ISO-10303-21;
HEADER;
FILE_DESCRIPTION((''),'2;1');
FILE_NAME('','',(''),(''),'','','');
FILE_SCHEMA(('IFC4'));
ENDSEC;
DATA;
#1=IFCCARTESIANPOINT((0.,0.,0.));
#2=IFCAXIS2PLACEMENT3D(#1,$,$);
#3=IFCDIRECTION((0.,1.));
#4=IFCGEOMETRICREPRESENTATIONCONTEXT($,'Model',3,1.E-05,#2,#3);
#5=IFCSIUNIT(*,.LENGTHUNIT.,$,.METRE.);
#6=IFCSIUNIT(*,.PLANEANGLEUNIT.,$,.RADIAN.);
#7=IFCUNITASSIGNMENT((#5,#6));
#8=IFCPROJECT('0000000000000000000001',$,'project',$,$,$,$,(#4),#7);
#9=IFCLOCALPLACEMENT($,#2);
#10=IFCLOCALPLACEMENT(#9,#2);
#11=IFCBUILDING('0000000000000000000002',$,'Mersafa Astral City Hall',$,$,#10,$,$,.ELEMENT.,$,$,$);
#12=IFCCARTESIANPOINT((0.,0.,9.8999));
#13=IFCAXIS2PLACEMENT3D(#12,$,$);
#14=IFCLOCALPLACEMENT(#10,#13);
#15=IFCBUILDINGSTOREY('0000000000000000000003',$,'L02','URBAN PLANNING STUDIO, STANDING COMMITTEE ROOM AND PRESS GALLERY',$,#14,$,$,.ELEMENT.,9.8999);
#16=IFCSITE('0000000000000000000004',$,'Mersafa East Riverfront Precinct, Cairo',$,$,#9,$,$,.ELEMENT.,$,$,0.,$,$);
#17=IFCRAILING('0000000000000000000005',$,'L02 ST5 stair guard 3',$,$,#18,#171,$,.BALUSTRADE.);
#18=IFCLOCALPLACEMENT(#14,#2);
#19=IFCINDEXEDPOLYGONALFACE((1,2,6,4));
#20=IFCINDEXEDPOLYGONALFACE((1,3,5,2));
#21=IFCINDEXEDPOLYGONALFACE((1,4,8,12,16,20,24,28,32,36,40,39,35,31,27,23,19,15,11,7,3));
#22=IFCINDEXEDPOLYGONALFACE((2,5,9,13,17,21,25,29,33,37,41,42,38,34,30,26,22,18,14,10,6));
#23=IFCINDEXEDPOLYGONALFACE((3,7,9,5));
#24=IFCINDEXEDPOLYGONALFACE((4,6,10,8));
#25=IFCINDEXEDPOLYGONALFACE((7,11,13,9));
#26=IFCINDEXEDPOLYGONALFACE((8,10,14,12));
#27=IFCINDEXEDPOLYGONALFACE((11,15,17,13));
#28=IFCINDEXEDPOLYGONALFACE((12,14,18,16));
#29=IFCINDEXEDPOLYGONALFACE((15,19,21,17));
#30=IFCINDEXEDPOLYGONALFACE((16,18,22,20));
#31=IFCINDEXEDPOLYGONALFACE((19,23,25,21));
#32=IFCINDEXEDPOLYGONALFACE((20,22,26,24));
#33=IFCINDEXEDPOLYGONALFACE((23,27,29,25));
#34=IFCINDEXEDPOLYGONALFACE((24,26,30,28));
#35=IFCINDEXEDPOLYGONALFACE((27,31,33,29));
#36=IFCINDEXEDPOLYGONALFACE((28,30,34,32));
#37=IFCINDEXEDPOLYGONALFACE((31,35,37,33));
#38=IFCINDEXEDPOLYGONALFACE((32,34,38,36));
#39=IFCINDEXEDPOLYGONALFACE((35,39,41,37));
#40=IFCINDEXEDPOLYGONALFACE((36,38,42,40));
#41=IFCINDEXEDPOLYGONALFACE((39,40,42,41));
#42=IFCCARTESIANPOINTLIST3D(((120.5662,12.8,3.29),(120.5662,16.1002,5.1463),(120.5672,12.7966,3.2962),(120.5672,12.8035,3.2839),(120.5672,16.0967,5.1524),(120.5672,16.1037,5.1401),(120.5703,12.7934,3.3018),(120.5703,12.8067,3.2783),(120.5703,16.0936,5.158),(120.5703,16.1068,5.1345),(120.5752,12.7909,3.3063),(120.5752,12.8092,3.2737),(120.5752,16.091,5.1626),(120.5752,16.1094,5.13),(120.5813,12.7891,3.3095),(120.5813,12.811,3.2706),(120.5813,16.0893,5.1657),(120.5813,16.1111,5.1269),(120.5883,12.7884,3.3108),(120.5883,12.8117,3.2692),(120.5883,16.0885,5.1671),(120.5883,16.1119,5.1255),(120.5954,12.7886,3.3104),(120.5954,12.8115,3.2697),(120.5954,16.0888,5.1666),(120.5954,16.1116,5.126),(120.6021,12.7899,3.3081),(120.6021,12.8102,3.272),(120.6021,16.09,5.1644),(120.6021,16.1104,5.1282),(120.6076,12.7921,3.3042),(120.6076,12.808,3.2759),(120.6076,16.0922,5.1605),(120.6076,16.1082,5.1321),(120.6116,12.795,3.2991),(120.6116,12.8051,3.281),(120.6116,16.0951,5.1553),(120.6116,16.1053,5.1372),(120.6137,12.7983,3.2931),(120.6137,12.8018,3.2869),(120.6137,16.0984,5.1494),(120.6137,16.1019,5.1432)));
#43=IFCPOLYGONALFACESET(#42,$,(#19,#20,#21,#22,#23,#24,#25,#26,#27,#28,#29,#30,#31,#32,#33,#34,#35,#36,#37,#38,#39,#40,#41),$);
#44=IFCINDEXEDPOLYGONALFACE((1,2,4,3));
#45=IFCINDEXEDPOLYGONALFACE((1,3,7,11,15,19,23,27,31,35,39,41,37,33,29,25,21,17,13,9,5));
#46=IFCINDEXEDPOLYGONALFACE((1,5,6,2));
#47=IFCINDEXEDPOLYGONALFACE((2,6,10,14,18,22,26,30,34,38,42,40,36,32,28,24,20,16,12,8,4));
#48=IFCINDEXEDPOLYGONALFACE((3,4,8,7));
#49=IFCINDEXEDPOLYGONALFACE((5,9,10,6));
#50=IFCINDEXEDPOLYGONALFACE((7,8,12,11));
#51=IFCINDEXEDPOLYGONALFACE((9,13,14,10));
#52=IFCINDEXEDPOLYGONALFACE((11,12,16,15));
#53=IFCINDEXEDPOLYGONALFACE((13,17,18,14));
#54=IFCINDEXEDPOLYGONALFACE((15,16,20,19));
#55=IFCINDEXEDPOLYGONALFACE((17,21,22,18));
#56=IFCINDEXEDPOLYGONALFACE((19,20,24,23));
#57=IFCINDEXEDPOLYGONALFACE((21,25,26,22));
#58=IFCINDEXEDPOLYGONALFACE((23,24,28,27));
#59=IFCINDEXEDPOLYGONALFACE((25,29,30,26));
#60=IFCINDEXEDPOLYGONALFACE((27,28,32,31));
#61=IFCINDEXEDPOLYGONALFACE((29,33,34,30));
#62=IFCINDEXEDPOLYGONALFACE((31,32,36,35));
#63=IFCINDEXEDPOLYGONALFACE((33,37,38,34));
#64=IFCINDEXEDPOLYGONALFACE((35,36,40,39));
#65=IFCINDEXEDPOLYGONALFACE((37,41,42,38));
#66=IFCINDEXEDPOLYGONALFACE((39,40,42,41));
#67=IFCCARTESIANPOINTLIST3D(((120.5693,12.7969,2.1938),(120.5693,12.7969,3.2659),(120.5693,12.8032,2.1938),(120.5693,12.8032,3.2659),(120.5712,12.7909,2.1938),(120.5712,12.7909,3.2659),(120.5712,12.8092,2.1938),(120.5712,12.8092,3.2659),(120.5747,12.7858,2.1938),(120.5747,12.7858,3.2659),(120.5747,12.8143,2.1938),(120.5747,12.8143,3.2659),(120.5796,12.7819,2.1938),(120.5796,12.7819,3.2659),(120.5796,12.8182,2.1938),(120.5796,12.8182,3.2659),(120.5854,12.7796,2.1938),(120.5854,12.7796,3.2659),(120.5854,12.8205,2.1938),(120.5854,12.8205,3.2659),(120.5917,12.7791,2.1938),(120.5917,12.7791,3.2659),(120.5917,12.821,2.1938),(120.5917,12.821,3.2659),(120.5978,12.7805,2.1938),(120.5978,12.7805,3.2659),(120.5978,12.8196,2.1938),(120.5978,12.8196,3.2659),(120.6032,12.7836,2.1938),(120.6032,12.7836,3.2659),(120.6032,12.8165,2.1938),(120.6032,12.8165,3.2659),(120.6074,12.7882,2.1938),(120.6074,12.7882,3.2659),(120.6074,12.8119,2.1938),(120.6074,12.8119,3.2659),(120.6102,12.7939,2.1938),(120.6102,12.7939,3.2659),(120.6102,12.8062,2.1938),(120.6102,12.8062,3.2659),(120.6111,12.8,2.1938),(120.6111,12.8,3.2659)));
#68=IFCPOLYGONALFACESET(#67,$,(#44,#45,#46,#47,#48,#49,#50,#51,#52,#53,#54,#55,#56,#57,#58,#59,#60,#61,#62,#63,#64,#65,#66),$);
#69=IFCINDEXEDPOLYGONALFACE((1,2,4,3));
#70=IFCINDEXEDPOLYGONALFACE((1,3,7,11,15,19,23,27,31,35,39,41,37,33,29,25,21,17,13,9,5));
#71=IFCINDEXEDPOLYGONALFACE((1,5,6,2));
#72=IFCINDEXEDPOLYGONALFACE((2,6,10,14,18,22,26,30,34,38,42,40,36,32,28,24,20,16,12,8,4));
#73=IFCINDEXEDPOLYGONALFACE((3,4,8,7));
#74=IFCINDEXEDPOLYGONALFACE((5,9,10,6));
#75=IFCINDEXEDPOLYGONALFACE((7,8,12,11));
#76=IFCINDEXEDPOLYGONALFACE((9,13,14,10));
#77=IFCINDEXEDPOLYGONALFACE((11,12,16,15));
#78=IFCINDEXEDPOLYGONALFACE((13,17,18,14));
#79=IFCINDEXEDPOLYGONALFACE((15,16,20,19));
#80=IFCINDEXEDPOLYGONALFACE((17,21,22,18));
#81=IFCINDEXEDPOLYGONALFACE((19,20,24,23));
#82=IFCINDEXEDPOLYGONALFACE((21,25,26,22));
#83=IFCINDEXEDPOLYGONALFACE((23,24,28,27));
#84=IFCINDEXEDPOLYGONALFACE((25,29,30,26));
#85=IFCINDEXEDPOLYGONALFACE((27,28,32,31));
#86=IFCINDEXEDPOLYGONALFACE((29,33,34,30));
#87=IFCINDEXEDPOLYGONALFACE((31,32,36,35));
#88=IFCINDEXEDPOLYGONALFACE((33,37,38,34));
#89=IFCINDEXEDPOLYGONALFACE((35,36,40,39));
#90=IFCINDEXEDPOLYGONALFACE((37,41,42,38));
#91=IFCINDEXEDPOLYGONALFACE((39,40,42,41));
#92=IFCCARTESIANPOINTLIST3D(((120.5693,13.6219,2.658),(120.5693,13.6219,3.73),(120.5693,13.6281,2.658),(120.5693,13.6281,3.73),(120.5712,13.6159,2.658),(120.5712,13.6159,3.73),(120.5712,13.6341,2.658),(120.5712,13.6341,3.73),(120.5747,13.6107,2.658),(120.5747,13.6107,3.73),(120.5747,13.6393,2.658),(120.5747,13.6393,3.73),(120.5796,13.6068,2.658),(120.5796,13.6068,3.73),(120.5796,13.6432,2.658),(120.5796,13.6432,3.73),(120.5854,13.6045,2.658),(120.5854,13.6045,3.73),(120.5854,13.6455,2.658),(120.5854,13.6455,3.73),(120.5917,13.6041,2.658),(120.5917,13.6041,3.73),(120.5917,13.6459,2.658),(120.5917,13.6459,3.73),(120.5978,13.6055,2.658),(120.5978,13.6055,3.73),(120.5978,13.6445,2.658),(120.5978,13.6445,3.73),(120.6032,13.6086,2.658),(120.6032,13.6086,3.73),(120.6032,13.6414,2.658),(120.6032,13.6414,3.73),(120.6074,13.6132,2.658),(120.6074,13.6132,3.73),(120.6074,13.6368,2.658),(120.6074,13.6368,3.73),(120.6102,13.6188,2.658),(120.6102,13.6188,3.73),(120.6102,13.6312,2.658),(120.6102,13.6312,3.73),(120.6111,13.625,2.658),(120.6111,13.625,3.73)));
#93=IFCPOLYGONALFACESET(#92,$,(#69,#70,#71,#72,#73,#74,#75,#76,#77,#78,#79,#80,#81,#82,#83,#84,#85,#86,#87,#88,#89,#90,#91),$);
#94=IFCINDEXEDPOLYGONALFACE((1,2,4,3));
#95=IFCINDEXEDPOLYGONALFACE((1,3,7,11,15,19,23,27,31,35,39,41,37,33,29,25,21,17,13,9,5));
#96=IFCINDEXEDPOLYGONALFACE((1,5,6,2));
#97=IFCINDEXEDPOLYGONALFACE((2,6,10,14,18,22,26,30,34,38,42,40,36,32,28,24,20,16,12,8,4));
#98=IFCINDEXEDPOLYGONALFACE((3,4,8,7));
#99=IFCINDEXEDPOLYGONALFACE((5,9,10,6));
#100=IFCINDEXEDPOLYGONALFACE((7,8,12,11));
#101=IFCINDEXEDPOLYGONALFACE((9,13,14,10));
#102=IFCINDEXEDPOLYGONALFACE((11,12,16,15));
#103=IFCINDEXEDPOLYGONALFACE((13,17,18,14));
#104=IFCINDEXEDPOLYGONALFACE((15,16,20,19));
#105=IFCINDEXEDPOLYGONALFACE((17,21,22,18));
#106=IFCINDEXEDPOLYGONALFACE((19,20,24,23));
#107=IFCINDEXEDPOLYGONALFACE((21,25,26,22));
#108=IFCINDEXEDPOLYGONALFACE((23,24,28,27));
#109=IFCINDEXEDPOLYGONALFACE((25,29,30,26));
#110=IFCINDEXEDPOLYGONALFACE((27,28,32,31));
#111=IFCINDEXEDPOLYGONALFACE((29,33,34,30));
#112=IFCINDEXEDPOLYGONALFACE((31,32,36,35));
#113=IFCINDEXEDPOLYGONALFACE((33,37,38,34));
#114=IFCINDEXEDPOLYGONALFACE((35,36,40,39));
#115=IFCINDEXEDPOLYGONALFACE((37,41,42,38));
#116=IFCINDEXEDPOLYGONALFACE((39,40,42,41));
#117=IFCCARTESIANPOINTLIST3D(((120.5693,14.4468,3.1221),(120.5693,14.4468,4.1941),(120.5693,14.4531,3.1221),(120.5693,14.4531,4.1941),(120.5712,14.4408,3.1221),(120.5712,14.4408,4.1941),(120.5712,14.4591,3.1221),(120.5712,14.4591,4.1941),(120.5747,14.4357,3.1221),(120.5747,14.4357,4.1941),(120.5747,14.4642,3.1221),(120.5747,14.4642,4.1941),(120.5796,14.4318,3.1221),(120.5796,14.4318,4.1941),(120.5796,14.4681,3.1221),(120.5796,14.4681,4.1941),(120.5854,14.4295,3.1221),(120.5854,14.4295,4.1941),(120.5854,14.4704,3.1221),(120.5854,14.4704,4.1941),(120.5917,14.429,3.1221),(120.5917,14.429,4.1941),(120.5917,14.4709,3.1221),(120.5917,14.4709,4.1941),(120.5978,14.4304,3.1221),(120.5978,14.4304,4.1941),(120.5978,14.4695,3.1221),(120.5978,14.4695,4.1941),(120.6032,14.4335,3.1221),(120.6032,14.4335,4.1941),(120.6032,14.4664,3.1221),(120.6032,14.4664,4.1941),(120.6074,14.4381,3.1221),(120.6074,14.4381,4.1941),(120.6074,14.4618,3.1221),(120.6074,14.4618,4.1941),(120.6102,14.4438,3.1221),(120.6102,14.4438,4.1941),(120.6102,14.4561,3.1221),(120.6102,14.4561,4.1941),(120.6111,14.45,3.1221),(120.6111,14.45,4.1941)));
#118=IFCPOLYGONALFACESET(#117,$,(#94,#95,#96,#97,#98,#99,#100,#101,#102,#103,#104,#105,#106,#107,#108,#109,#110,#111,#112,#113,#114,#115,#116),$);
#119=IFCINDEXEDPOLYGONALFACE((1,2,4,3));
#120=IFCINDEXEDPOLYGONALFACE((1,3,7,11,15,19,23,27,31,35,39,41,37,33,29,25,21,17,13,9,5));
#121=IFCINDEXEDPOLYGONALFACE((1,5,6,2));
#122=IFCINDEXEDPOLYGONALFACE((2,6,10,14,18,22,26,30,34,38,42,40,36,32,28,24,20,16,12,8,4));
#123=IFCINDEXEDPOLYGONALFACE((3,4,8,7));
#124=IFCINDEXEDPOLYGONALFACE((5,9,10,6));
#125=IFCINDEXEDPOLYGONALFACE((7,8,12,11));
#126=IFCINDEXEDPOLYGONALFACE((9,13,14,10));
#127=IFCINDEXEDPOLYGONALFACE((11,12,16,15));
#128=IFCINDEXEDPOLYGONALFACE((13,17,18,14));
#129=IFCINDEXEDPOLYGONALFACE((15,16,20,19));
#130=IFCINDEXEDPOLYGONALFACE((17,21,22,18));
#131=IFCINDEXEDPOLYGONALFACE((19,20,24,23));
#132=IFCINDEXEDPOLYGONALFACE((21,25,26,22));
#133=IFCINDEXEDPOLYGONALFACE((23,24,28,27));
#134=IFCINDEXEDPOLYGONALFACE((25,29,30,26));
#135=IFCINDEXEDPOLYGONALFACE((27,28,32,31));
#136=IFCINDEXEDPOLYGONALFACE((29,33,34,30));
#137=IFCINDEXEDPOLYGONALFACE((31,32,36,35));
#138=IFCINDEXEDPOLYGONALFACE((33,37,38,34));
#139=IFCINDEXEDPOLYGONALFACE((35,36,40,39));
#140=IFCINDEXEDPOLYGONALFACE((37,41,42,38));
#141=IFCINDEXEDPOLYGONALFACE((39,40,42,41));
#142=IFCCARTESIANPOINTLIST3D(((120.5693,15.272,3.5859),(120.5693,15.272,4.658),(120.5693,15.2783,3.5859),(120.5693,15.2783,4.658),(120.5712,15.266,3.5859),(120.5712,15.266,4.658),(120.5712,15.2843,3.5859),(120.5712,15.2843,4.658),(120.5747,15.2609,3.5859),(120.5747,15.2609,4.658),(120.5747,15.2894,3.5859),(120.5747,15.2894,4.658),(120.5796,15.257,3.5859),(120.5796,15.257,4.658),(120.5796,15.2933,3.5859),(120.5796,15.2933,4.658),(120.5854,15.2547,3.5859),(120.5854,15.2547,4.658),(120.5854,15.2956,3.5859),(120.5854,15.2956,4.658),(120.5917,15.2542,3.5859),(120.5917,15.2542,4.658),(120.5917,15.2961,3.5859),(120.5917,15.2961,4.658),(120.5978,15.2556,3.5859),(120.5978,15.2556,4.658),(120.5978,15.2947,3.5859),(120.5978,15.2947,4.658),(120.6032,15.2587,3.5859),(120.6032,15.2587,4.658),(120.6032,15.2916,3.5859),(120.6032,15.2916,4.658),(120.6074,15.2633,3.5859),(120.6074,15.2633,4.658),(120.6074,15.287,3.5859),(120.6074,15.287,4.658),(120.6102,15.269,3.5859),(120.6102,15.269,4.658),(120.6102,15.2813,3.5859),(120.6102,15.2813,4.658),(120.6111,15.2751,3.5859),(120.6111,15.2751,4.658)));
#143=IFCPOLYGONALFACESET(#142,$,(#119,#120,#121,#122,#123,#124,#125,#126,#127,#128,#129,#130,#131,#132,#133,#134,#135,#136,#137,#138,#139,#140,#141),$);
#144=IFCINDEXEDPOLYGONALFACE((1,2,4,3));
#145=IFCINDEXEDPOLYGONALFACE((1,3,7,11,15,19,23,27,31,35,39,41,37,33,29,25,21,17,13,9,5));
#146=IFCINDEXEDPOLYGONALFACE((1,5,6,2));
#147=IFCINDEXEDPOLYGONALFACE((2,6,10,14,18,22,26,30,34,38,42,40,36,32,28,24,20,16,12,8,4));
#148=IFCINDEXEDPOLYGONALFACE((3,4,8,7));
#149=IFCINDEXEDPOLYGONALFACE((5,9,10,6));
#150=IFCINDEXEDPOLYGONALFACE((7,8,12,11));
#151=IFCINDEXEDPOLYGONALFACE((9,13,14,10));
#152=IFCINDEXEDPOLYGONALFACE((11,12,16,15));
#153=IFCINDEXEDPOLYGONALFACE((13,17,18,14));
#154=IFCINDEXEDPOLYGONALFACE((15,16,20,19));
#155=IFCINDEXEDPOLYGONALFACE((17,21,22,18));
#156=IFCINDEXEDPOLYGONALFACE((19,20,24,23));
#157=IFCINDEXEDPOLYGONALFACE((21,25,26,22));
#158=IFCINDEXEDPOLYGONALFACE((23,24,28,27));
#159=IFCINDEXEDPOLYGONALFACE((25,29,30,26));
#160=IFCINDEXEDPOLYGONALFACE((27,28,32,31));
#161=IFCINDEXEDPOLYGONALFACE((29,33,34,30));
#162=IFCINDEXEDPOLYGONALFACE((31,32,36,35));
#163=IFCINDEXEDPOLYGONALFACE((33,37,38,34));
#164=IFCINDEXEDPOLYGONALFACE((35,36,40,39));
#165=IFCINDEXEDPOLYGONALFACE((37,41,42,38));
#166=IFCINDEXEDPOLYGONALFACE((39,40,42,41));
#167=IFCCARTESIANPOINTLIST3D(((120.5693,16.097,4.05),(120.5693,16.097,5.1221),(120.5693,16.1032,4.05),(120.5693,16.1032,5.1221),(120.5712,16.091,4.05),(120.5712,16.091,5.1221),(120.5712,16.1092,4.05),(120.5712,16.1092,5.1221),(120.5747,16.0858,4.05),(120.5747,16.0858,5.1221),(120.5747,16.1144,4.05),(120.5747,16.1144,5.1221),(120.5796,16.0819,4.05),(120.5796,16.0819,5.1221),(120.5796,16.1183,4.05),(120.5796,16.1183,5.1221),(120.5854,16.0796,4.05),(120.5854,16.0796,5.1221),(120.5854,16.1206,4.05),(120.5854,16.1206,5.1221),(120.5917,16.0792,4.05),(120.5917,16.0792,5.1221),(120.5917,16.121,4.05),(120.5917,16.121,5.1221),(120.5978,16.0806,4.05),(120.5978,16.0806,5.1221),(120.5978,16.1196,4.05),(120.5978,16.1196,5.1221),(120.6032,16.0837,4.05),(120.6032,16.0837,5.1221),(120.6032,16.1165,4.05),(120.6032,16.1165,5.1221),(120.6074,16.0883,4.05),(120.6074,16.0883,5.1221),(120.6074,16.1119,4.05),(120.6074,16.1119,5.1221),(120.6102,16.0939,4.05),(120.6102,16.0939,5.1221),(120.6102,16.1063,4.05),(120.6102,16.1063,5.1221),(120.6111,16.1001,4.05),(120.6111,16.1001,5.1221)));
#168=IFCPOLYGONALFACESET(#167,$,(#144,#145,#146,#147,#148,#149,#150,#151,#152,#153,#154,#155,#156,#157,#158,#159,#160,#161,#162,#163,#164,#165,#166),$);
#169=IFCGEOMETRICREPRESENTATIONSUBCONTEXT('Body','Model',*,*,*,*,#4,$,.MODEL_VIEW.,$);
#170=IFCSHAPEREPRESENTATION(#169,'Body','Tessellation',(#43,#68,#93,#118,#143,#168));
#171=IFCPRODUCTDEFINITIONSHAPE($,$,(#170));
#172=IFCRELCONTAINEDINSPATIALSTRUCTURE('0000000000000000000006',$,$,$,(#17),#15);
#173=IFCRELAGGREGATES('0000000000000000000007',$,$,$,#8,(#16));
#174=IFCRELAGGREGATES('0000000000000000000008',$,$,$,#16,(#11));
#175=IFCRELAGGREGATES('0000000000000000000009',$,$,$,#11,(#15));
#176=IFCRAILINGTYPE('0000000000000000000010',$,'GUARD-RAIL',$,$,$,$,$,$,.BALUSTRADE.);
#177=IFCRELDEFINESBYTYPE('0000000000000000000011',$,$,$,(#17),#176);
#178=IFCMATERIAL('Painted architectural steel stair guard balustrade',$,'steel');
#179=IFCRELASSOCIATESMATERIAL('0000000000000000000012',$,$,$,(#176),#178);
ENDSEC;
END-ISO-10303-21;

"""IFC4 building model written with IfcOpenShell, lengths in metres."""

from ifc_helpers import new_model, si_unit, direction, frame, origin, origin_2d, place, context, subcontext, project, spatial, circle, extrude, material, type_object, element, save


model = new_model("IFC4")

# Units and contexts
model_context = context("Model", 3, precision=1e-05, world=origin(), true_north=direction((0.0, 1.0)))
body_context = subcontext(model_context, "Body", "Model", "MODEL_VIEW")
ifc_project = project(units=[si_unit("LENGTHUNIT", "METRE"), si_unit("PLANEANGLEUNIT", "RADIAN")], contexts=[model_context])

# Site, building, storey
site_placement = place(None, origin())
site = spatial("IfcSite", under=ifc_project, at=site_placement, Name="Mersafa East Riverfront Precinct, Cairo", CompositionType="ELEMENT", RefElevation=0.0)
building_placement = place(site_placement, origin())
building = spatial("IfcBuilding", under=site, at=building_placement, Name="Mersafa Astral City Hall", CompositionType="ELEMENT")
storey_placement = place(building_placement, frame((0.0, 0.0, 9.8999)))
storey = spatial("IfcBuildingStorey", under=building, at=storey_placement, Name="L02", Description="URBAN PLANNING STUDIO, STANDING COMMITTEE ROOM AND PRESS GALLERY", CompositionType="ELEMENT", Elevation=9.8999)

# Railing
ifc_material_1 = material(Name="Painted architectural steel stair guard balustrade", Category="steel")
railing_type_1 = type_object("IfcRailingType", Name="GUARD-RAIL", PredefinedType="BALUSTRADE", material=ifc_material_1)
railing_1_placement = place(storey_placement, frame((120.5901, 12.8, 2.1938)))
element("IfcRailing", 1, at=railing_1_placement, inside=storey, type_object=railing_type_1, Name="L02 ST5 stair guard 3", PredefinedType="BALUSTRADE", context=body_context, shape_type="SweptSolid", body=[
    extrude(circle(Radius=0.0239, at=origin_2d()), frame((0.0, 0.0, 1.0962), z_axis=(0.0, 0.871584, 0.490246), x_axis=(-1.0, 0.0, 0.0)), (0.0, 0.0, 1.0), 3.7864),
    extrude(circle(Radius=0.021, at=origin_2d()), origin(), (0.0, 0.0, 1.0), 1.072),
    extrude(circle(Radius=0.021, at=origin_2d()), frame((0.0, 0.825, 0.4641)), (0.0, 0.0, 1.0), 1.072),
    extrude(circle(Radius=0.021, at=origin_2d()), frame((0.0, 1.6499, 0.9282)), (0.0, 0.0, 1.0), 1.072),
    extrude(circle(Radius=0.021, at=origin_2d()), frame((0.0, 2.4751, 1.3921)), (0.0, 0.0, 1.0), 1.072),
    extrude(circle(Radius=0.021, at=origin_2d()), frame((0.0, 3.3, 1.8562)), (0.0, 0.0, 1.0), 1.072),
])

save(model, "model.ifc")
